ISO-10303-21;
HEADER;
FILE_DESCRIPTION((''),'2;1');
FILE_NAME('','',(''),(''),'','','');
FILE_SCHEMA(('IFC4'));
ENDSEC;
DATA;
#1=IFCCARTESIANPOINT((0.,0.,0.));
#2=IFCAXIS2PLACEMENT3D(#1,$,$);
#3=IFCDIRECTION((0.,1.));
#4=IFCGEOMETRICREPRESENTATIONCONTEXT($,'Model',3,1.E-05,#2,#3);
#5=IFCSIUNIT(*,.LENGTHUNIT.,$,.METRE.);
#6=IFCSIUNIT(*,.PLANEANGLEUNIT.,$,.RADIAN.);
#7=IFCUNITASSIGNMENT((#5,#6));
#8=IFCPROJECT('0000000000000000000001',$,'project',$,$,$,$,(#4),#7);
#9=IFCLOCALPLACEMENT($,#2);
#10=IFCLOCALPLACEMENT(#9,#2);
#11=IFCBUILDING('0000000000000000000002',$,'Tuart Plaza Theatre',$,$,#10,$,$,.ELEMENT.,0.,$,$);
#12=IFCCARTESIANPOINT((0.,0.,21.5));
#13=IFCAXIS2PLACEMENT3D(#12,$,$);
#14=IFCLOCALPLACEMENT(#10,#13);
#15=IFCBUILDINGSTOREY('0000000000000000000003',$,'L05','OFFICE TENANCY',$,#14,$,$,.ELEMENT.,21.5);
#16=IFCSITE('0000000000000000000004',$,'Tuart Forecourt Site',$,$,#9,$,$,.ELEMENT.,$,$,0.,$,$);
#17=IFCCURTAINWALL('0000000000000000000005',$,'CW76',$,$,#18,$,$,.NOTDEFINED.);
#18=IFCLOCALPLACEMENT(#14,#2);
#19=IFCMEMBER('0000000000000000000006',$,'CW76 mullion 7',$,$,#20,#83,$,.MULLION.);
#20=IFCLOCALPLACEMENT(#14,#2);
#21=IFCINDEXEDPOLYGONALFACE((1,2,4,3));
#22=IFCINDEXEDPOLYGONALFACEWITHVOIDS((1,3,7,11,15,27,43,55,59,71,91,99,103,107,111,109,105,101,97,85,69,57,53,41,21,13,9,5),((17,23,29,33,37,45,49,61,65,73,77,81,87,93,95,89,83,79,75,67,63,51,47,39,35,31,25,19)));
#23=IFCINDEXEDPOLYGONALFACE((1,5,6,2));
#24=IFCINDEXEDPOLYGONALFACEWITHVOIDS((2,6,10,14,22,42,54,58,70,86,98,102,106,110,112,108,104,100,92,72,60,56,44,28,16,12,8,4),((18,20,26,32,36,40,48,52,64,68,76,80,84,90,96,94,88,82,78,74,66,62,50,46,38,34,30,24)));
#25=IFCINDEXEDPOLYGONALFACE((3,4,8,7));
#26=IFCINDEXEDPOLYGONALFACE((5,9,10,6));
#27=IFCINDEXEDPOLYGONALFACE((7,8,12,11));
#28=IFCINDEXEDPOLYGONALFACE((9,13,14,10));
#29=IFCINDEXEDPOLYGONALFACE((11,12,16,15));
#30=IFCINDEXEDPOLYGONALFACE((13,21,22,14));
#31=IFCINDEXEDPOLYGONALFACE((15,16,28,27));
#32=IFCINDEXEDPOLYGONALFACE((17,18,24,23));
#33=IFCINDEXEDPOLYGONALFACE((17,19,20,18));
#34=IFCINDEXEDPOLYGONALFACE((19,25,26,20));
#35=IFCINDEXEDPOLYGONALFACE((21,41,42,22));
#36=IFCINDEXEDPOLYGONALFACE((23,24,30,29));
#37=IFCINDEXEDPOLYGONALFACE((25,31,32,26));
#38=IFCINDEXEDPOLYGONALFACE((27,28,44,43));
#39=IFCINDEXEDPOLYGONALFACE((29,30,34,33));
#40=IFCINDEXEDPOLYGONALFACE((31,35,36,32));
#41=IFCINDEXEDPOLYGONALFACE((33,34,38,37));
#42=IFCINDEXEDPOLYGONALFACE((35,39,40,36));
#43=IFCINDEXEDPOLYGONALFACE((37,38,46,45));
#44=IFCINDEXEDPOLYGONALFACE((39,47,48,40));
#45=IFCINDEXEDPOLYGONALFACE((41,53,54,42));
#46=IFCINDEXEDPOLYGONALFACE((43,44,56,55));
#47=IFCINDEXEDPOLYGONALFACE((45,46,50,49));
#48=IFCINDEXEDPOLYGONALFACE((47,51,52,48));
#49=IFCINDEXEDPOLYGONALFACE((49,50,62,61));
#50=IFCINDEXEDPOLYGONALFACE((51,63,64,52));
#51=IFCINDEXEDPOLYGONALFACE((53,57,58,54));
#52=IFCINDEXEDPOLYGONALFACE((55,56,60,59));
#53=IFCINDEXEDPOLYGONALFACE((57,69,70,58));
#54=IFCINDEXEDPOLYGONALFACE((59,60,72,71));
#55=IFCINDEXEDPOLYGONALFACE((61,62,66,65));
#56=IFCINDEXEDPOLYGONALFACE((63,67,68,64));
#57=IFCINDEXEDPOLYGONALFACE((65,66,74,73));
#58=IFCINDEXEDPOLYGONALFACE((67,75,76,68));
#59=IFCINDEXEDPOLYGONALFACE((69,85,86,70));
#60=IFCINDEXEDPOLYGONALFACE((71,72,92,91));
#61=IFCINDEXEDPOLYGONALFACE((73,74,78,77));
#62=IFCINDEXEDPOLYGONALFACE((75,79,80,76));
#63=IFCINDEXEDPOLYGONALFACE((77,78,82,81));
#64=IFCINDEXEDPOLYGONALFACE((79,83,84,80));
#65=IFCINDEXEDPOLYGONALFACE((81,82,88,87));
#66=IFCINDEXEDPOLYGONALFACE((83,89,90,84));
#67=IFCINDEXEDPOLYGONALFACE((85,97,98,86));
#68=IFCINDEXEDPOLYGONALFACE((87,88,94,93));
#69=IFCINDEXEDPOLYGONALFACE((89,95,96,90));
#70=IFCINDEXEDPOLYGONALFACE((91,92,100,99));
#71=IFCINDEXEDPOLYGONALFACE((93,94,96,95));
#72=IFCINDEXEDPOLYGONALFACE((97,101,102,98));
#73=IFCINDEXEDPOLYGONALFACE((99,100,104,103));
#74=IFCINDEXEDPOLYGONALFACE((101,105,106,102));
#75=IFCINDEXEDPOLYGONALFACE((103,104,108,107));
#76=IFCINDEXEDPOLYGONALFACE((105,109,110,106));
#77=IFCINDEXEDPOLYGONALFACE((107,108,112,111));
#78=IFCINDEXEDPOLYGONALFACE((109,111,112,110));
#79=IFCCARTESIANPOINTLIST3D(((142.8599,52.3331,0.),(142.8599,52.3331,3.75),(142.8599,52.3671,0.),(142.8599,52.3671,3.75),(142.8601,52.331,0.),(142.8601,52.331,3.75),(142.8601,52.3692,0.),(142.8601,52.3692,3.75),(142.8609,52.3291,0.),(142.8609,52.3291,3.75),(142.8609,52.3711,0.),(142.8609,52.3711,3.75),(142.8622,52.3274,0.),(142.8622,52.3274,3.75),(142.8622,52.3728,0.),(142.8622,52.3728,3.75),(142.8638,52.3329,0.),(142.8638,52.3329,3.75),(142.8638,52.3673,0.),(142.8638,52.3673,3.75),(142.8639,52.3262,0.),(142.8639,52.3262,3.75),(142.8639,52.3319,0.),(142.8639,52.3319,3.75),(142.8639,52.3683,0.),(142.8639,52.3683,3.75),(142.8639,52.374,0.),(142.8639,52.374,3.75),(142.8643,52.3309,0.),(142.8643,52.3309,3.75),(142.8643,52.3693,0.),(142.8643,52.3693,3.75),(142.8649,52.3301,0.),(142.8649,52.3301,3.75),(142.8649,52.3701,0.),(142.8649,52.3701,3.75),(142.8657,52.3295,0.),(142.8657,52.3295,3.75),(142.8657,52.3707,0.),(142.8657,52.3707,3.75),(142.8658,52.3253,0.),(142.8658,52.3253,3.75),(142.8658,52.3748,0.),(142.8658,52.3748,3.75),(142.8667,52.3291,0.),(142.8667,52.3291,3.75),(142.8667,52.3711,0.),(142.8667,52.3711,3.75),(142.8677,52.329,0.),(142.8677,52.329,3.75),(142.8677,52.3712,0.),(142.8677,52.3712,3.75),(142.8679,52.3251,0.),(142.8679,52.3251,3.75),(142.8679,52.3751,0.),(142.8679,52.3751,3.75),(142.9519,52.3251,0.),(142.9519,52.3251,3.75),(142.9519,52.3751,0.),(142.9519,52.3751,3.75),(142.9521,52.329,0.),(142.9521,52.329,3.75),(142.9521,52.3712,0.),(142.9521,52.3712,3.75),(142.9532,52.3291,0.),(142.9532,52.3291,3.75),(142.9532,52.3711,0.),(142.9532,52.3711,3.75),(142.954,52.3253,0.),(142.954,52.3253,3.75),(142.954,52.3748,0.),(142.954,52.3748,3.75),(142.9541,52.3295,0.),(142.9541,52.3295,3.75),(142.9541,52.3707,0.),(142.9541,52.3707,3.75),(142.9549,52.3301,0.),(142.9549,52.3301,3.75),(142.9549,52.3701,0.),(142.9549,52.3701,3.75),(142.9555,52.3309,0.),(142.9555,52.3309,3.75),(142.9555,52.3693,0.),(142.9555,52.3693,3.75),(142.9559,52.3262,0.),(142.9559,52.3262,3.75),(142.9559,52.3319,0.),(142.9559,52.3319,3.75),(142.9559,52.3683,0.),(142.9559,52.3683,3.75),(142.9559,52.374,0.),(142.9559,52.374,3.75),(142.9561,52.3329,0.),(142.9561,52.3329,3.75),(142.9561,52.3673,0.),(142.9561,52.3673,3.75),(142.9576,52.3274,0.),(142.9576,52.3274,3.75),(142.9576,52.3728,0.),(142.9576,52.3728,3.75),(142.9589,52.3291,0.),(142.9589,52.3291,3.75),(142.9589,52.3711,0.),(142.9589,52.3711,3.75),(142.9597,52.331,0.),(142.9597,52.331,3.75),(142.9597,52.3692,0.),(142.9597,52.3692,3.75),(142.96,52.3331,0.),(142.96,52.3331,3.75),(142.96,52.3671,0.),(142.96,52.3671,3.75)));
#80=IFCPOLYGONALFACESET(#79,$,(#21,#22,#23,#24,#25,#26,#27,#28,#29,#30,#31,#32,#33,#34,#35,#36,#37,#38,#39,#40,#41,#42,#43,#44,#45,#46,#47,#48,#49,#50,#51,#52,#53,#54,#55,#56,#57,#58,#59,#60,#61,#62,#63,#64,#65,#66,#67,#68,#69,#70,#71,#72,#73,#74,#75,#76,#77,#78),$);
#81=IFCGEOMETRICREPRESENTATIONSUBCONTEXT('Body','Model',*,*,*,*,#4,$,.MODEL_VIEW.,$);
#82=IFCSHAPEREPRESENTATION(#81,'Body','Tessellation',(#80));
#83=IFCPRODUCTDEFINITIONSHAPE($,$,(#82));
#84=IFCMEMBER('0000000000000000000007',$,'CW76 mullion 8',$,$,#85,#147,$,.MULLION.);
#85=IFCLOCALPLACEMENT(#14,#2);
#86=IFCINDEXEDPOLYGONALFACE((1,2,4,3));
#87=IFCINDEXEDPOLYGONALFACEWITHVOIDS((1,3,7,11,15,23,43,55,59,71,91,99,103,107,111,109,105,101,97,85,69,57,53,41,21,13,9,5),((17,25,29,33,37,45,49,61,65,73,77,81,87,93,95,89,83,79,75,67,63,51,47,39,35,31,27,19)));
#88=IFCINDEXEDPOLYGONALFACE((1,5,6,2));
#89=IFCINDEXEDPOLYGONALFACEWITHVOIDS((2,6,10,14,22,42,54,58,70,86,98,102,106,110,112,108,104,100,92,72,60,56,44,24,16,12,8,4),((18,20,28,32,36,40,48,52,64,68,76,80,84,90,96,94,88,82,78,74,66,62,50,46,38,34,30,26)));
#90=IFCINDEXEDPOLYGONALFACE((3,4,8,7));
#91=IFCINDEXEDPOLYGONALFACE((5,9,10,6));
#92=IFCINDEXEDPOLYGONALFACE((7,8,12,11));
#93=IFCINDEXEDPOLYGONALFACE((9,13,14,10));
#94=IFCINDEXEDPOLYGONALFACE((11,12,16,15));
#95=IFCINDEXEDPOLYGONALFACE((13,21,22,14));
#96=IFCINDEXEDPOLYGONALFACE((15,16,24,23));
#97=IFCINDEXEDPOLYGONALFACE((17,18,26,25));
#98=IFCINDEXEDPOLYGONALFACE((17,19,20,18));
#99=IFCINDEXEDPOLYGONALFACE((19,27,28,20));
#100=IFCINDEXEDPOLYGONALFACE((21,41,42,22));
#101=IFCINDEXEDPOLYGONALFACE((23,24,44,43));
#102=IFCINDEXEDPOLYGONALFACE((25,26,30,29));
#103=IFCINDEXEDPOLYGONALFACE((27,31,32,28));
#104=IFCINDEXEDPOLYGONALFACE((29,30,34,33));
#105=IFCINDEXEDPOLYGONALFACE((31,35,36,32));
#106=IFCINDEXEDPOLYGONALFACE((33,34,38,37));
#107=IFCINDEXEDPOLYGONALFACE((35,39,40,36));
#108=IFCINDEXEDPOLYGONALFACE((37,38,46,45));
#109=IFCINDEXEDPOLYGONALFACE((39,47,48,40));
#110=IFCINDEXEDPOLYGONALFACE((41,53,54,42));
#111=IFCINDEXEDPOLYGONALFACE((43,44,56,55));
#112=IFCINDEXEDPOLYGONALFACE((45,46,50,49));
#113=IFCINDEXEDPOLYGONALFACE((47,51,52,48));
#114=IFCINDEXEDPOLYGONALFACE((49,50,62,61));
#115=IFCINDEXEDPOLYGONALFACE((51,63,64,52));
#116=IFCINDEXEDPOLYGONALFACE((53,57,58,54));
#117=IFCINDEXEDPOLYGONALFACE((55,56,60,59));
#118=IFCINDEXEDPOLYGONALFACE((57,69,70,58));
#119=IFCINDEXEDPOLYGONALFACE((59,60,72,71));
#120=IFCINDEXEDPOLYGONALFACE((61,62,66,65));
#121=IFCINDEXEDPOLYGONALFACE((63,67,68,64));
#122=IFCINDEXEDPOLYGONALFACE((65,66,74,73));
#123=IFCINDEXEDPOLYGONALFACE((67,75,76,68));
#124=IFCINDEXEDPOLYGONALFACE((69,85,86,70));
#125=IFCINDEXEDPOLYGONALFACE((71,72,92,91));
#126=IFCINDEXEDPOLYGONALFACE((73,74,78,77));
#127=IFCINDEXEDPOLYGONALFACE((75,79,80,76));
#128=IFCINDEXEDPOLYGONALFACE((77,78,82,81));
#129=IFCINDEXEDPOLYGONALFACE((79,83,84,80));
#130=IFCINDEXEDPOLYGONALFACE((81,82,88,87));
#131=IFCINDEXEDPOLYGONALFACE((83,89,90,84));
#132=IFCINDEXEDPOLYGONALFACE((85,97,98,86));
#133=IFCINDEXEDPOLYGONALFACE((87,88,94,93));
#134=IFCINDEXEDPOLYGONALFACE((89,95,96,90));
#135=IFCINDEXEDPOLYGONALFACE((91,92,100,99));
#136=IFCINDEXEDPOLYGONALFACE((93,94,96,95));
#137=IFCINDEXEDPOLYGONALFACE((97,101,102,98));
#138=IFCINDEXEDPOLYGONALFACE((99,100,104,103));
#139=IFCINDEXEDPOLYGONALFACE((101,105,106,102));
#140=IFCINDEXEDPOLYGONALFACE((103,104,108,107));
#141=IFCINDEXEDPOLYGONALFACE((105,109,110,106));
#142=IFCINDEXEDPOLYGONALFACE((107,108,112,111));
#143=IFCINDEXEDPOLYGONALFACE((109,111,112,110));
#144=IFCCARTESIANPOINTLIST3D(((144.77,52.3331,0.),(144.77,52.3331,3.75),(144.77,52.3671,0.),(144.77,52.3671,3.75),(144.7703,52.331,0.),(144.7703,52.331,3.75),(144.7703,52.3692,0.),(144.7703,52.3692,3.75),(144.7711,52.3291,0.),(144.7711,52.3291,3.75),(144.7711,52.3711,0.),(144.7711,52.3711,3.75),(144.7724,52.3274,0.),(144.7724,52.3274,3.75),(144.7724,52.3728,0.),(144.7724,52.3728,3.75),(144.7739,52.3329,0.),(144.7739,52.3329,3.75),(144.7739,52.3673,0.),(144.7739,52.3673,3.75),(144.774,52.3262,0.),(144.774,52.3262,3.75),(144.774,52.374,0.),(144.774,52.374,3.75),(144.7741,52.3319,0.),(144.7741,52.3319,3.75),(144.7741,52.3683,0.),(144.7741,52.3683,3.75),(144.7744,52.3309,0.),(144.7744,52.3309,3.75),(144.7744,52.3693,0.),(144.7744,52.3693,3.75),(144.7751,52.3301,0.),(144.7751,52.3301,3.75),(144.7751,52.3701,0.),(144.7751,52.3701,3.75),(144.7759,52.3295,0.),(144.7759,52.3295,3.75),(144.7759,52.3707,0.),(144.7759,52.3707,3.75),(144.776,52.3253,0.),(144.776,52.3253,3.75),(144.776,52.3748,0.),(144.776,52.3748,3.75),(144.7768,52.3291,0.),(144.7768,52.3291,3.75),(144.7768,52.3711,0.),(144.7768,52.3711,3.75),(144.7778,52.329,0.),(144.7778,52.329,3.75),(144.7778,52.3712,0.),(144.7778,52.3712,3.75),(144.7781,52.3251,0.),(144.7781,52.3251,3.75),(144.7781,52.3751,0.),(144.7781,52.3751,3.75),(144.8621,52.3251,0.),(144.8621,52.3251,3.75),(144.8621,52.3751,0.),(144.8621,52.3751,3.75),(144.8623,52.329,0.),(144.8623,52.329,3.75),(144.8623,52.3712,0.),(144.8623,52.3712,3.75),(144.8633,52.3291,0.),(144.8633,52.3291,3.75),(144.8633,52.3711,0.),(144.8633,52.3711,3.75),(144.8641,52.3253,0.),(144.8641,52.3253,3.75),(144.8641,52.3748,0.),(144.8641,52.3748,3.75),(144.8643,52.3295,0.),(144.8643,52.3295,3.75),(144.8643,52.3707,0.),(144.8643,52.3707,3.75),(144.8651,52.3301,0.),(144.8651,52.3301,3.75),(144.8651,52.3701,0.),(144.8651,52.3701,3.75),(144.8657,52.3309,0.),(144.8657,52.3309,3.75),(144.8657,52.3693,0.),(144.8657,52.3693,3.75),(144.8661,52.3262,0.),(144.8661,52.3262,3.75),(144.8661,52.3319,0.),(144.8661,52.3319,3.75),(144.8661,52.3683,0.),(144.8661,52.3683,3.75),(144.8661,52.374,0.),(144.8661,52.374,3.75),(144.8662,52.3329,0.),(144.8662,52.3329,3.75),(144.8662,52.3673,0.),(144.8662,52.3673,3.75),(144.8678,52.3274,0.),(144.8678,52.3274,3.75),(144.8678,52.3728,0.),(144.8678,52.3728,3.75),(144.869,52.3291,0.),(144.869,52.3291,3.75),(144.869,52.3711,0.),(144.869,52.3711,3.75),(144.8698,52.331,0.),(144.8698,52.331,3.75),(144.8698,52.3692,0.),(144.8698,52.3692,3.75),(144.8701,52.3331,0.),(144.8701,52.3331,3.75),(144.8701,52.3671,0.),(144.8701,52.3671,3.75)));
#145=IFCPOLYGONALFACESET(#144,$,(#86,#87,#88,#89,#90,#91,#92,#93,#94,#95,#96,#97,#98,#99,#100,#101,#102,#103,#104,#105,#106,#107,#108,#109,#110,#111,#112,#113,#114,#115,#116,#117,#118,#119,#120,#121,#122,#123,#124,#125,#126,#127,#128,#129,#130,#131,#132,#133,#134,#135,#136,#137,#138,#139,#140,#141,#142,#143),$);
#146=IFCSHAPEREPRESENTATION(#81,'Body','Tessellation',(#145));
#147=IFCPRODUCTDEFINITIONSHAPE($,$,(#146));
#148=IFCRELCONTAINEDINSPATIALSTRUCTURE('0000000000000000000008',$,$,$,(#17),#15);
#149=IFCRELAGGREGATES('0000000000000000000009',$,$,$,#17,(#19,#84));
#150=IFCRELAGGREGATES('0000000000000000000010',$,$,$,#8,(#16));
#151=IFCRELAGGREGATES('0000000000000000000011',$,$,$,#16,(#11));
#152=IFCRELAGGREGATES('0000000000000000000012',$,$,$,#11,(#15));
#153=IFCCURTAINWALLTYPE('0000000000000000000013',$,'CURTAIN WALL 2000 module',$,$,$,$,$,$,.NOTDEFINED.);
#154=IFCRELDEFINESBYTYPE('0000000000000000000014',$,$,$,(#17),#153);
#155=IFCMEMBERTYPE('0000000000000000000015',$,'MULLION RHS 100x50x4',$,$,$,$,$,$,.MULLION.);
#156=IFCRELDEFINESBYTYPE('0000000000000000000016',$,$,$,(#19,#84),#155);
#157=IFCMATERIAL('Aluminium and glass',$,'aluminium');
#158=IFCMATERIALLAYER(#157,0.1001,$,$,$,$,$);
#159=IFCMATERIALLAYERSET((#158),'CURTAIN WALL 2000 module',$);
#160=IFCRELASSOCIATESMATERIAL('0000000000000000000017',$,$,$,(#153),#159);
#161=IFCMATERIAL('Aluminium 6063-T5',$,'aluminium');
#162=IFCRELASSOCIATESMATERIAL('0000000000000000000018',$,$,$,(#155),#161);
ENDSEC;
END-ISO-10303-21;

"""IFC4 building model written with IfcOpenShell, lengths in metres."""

from ifc_helpers import new_model, si_unit, direction, frame, origin, origin_2d, place, context, subcontext, project, spatial, hollow_rectangle, extrude, material, layer, layer_set, material_profile, profile_set, type_object, element, aggregate, save


model = new_model("IFC4")

# Units and contexts
model_context = context("Model", 3, precision=1e-05, world=origin(), true_north=direction((0.0, 1.0)))
body_context = subcontext(model_context, "Body", "Model", "MODEL_VIEW")
ifc_project = project(units=[si_unit("LENGTHUNIT", "METRE"), si_unit("PLANEANGLEUNIT", "RADIAN")], contexts=[model_context])

# Site, building, storey
site_placement = place(None, origin())
site = spatial("IfcSite", under=ifc_project, at=site_placement, Name="Tuart Forecourt Site", CompositionType="ELEMENT", RefElevation=0.0)
building_placement = place(site_placement, origin())
building = spatial("IfcBuilding", under=site, at=building_placement, Name="Tuart Plaza Theatre", CompositionType="ELEMENT", ElevationOfRefHeight=0.0)
storey_placement = place(building_placement, frame((0.0, 0.0, 21.5)))
storey = spatial("IfcBuildingStorey", under=building, at=storey_placement, Name="L05", Description="OFFICE TENANCY", CompositionType="ELEMENT", Elevation=21.5)

# Curtain wall, members
ifc_material_1 = material(Name="Aluminium and glass", Category="aluminium")
ifc_layer_1 = layer(ifc_material_1, 0.1001)
ifc_layer_set_1 = layer_set([ifc_layer_1], Name="CURTAIN WALL 2000 module")
curtain_wall_type = type_object("IfcCurtainWallType", Name="CURTAIN WALL 2000 module", PredefinedType="NOTDEFINED", material=ifc_layer_set_1)
curtain_wall_placement = place(storey_placement, origin())
curtain_wall = element("IfcCurtainWall", 1, at=curtain_wall_placement, inside=storey, type_object=curtain_wall_type, Name="CW76", PredefinedType="NOTDEFINED")
ifc_material_2 = material(Name="Aluminium 6063-T5", Category="aluminium")
ifc_material_profile_1 = material_profile(ifc_material_2, hollow_rectangle(XDim=0.05, YDim=0.1001, WallThickness=0.0039, InnerFilletRadius=0.0039, OuterFilletRadius=0.0081, at=origin_2d()), Name="RHS 100x50x4")
ifc_profile_set_1 = profile_set([ifc_material_profile_1], Name="Aluminium 6063-T5")
member_type_1 = type_object("IfcMemberType", Name="MULLION RHS 100x50x4", PredefinedType="MULLION", material=ifc_profile_set_1)
member_1_placement = place(storey_placement, frame((142.9099, 52.3501, 0.0), z_axis=(0.0, 0.0, 1.0), x_axis=(0.0, 1.0, 0.0)))
member_1 = element("IfcMember", 2, at=member_1_placement, type_object=member_type_1, Name="CW76 mullion 7", PredefinedType="MULLION", context=body_context, shape_type="SweptSolid", body=[
    extrude(hollow_rectangle(XDim=0.05, YDim=0.1001, WallThickness=0.0039, InnerFilletRadius=0.0039, OuterFilletRadius=0.0081, at=origin_2d()), origin(), (0.0, 0.0, 1.0), 3.75),
])
member_2_placement = place(storey_placement, frame((144.8201, 52.3501, 0.0), z_axis=(0.0, 0.0, 1.0), x_axis=(0.0, 1.0, 0.0)))
member_2 = element("IfcMember", 3, at=member_2_placement, type_object=member_type_1, Name="CW76 mullion 8", PredefinedType="MULLION", context=body_context, shape_type="SweptSolid", body=[
    extrude(hollow_rectangle(XDim=0.05, YDim=0.1001, WallThickness=0.0039, InnerFilletRadius=0.0039, OuterFilletRadius=0.0081, at=origin_2d()), origin(), (0.0, 0.0, 1.0), 3.75),
])
aggregate(curtain_wall, [member_1, member_2])

save(model, "model.ifc")
